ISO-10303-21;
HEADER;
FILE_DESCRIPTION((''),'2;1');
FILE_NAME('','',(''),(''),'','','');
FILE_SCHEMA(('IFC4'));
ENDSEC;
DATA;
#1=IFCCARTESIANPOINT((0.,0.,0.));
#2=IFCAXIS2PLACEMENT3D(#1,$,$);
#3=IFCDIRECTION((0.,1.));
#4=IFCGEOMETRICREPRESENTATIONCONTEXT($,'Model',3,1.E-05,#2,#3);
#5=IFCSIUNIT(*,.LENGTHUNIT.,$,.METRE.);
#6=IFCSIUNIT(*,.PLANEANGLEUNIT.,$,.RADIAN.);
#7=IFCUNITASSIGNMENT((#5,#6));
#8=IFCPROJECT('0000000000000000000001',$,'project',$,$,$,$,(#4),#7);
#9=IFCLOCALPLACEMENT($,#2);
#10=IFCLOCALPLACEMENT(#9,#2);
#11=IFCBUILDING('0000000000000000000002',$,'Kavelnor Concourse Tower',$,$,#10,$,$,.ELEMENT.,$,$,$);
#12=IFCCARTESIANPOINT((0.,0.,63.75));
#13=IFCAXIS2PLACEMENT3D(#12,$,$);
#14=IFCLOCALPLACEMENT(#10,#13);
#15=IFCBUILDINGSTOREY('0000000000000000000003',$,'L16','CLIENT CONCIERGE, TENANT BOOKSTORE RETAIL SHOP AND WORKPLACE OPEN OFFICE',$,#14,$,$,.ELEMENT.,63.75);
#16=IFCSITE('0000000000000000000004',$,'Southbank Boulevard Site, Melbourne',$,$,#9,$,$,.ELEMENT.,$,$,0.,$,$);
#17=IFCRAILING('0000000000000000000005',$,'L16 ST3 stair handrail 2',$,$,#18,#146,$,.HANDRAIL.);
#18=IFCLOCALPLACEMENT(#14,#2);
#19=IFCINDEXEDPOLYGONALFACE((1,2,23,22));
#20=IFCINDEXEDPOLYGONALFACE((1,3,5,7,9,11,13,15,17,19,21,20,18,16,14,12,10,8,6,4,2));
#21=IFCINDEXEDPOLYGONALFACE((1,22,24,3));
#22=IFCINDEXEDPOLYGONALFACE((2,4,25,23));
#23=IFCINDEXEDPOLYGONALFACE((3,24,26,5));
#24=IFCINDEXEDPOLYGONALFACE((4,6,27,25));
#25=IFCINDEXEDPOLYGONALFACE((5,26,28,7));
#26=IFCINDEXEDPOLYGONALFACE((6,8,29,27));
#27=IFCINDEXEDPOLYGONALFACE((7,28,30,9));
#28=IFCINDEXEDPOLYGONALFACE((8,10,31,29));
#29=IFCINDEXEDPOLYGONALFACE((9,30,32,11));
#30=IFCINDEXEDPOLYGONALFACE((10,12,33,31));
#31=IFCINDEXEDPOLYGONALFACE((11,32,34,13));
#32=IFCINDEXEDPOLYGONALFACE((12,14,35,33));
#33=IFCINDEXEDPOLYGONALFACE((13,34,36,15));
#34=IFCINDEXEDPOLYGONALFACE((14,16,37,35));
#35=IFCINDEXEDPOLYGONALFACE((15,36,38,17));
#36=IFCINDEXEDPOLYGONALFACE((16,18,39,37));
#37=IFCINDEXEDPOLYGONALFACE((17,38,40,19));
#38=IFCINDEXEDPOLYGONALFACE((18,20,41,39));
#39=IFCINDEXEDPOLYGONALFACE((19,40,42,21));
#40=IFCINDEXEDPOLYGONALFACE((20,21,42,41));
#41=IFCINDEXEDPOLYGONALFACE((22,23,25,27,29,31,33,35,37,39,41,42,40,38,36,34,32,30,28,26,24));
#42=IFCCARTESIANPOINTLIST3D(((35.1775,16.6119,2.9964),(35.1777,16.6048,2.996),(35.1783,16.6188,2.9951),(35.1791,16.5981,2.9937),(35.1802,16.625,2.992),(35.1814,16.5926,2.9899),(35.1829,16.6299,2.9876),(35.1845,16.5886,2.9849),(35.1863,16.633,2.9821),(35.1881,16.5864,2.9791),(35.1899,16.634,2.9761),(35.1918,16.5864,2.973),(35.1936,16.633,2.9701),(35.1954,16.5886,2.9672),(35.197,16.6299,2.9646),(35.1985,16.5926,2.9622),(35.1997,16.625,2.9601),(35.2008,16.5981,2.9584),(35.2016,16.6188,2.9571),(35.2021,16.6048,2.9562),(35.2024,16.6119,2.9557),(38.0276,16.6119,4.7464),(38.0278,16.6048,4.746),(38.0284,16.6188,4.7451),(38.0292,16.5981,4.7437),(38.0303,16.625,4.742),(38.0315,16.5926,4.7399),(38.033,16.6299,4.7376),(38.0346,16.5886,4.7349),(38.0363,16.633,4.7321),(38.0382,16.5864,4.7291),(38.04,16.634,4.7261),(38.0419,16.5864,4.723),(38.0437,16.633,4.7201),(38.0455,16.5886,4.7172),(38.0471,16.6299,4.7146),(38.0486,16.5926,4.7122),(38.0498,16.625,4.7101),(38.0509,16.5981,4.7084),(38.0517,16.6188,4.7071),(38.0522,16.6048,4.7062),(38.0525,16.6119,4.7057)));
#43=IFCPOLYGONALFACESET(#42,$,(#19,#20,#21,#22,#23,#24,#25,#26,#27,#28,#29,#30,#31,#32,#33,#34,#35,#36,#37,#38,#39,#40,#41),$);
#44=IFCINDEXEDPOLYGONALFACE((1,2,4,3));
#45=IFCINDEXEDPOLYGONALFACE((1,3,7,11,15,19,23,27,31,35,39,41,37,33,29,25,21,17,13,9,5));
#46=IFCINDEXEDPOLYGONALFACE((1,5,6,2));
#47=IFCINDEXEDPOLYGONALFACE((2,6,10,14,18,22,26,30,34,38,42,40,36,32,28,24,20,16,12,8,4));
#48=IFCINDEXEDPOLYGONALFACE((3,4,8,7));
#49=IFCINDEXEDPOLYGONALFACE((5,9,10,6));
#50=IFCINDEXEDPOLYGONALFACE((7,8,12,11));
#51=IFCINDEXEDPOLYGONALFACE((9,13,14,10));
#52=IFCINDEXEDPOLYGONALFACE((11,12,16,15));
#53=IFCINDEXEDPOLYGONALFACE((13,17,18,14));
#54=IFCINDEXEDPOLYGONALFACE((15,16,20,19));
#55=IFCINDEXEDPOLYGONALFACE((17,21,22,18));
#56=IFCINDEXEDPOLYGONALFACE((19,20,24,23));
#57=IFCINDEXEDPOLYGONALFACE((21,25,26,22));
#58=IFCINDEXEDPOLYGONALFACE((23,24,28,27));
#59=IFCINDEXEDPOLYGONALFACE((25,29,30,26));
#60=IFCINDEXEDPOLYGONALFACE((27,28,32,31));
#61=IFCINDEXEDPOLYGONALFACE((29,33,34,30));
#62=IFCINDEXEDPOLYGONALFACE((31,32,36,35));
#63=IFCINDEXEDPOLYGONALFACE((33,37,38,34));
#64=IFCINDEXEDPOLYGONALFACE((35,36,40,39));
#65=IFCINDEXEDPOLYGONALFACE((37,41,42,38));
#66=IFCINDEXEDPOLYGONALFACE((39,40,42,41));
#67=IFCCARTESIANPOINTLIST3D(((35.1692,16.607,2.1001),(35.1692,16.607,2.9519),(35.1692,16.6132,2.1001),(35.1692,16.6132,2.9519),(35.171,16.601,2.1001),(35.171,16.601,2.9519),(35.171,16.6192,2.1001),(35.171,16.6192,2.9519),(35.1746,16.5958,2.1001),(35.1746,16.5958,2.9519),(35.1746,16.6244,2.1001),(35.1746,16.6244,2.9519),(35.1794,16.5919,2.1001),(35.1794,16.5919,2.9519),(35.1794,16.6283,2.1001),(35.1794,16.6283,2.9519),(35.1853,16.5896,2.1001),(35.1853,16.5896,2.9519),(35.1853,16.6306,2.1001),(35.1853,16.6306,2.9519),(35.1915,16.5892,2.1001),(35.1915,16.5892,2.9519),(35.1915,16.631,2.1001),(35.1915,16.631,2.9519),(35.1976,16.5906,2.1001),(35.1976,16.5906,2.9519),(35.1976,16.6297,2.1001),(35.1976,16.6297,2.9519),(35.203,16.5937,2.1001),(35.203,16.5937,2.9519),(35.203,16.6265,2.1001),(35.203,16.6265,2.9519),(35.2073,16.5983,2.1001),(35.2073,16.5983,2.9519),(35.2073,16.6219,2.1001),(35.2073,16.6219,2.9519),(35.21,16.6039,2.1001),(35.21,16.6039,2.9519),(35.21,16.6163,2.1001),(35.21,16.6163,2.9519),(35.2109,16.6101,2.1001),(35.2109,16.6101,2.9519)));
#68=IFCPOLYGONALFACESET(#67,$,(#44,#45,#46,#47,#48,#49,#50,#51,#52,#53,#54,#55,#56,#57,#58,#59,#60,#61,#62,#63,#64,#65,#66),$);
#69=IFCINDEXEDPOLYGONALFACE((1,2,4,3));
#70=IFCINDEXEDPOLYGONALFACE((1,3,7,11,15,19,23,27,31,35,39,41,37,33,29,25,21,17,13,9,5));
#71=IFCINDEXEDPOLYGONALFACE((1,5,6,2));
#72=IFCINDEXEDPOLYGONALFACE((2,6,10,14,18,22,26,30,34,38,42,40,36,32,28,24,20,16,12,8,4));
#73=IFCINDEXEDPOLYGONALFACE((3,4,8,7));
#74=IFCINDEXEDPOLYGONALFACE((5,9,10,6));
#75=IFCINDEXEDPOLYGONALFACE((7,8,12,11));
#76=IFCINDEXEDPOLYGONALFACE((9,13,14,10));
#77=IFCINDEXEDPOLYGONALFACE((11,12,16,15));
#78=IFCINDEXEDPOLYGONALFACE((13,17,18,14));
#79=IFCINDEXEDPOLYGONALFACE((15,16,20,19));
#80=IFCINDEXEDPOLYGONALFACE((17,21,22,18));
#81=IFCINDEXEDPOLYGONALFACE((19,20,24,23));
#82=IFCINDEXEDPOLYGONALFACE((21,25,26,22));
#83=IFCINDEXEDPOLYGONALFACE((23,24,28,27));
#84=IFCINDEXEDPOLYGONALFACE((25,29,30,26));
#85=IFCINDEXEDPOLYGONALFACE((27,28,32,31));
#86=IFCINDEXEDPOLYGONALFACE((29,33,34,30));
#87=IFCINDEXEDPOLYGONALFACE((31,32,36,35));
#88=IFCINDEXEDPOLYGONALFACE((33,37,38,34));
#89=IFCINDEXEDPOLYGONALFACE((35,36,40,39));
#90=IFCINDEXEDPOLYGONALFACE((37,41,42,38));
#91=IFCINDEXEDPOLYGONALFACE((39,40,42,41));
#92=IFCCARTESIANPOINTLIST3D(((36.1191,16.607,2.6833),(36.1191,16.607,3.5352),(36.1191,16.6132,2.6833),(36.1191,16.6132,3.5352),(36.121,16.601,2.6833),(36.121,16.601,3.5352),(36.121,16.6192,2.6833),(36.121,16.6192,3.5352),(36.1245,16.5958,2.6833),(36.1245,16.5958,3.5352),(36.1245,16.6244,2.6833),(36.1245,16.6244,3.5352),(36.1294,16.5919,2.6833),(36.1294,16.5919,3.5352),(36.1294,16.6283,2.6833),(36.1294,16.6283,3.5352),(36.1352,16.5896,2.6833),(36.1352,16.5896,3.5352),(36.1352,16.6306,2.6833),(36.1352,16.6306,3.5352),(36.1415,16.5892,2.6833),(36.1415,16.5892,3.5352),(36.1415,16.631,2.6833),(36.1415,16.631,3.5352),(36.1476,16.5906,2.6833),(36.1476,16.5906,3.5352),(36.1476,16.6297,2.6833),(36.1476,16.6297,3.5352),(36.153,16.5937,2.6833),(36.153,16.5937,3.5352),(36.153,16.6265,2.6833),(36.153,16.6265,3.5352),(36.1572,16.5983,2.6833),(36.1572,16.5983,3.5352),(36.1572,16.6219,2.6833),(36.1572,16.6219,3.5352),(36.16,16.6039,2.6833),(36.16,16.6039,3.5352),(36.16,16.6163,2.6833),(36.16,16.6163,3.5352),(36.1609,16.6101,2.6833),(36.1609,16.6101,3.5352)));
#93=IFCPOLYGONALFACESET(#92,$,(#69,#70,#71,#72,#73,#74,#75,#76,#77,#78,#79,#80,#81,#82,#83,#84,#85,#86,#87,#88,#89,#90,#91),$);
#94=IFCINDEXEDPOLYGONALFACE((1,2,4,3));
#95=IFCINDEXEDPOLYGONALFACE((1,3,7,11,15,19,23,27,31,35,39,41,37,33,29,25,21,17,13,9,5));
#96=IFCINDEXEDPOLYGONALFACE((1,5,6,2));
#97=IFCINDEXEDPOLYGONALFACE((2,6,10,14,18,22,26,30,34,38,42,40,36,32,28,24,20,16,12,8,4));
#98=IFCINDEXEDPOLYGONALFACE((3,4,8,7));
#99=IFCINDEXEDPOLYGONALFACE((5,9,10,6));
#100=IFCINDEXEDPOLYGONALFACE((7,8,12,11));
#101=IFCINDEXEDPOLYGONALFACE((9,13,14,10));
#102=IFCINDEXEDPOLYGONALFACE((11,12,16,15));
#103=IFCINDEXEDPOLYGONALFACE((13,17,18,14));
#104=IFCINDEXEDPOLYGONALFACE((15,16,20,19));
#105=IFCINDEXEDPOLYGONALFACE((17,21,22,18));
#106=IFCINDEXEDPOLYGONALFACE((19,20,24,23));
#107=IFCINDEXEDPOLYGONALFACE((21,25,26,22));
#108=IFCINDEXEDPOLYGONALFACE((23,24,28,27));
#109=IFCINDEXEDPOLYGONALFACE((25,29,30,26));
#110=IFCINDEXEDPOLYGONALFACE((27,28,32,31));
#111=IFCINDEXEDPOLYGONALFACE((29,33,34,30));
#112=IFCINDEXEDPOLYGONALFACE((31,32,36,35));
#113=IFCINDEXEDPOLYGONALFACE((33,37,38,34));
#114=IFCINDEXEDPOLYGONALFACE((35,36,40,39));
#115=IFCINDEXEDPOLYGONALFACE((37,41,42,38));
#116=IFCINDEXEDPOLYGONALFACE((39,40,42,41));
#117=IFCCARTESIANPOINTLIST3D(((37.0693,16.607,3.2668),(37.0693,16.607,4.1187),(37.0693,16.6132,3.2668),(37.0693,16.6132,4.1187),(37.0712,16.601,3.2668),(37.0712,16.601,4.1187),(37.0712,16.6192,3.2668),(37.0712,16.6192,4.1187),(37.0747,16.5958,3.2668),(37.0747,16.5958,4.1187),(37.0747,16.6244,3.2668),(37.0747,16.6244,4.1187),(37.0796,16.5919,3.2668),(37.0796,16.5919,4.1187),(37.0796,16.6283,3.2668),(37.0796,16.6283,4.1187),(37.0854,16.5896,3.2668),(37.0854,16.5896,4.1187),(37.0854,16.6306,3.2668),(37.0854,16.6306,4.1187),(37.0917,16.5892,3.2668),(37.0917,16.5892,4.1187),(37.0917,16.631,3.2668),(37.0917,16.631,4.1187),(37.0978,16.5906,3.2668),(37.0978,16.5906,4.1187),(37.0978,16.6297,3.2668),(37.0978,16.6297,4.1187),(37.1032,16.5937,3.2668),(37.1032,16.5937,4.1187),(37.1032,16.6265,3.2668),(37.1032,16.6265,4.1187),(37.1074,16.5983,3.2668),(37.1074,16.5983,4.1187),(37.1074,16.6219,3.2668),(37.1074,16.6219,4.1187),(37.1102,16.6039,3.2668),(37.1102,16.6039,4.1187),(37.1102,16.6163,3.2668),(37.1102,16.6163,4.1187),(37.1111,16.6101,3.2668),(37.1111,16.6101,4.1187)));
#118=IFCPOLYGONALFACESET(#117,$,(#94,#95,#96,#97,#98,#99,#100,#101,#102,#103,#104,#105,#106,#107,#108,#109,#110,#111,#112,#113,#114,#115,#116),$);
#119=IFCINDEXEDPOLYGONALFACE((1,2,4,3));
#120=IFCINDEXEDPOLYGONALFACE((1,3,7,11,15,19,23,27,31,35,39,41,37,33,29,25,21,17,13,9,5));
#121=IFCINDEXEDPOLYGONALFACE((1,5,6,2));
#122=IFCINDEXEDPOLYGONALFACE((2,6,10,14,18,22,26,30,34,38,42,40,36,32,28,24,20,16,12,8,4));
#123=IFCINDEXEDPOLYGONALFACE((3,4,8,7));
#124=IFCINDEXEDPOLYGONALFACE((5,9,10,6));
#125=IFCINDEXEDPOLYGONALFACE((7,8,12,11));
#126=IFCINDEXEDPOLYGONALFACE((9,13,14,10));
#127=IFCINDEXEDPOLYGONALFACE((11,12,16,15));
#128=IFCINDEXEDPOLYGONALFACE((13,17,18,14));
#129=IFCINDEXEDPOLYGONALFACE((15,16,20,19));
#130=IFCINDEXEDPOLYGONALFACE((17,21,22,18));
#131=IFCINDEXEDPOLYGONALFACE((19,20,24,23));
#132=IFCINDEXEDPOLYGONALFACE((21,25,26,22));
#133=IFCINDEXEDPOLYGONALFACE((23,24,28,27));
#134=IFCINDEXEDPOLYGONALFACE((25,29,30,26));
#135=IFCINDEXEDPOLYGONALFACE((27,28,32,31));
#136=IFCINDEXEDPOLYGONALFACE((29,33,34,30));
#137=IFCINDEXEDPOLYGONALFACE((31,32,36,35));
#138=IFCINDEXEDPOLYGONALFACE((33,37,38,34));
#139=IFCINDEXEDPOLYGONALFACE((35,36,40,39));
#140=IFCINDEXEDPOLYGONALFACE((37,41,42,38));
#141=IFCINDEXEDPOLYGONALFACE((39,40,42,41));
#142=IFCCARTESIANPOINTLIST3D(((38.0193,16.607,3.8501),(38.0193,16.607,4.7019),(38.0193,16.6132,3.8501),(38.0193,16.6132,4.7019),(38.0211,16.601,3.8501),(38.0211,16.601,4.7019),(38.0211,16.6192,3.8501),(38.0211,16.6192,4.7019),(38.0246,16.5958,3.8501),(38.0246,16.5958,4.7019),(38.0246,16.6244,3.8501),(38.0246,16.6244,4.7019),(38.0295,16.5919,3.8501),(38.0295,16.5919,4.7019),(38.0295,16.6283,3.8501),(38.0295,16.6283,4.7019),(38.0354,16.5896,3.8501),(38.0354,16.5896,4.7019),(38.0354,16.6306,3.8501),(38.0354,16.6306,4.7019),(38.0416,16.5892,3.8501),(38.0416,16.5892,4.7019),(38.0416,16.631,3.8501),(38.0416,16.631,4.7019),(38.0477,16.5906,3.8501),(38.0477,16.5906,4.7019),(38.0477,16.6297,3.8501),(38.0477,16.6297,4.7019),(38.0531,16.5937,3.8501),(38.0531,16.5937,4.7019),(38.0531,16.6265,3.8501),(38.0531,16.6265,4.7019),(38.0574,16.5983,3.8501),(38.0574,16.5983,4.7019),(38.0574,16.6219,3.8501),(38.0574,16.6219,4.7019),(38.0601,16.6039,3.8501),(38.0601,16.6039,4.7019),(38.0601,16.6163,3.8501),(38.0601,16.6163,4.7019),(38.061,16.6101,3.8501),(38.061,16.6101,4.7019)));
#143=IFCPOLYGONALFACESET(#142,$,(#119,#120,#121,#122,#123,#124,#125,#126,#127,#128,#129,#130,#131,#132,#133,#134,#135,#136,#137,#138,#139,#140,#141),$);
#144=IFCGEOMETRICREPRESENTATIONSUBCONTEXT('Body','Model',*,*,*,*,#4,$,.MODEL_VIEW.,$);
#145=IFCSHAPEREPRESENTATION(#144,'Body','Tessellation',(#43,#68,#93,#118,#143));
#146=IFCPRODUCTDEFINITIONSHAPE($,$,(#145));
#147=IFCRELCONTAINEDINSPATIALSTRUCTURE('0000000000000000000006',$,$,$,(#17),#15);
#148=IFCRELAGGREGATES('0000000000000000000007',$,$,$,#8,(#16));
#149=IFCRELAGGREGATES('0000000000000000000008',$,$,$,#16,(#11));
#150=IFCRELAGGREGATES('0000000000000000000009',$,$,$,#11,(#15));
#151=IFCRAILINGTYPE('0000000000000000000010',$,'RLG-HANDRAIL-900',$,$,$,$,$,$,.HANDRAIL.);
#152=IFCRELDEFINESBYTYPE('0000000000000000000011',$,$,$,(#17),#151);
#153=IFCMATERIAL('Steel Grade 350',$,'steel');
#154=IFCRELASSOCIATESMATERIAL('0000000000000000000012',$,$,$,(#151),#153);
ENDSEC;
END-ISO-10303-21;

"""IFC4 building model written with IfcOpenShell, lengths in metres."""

from ifc_helpers import new_model, si_unit, direction, frame, origin, origin_2d, place, context, subcontext, project, spatial, circle, extrude, material, type_object, element, save


model = new_model("IFC4")

# Units and contexts
model_context = context("Model", 3, precision=1e-05, world=origin(), true_north=direction((0.0, 1.0)))
body_context = subcontext(model_context, "Body", "Model", "MODEL_VIEW")
ifc_project = project(units=[si_unit("LENGTHUNIT", "METRE"), si_unit("PLANEANGLEUNIT", "RADIAN")], contexts=[model_context])

# Site, building, storey
site_placement = place(None, origin())
site = spatial("IfcSite", under=ifc_project, at=site_placement, Name="Southbank Boulevard Site, Melbourne", CompositionType="ELEMENT", RefElevation=0.0)
building_placement = place(site_placement, origin())
building = spatial("IfcBuilding", under=site, at=building_placement, Name="Kavelnor Concourse Tower", CompositionType="ELEMENT")
storey_placement = place(building_placement, frame((0.0, 0.0, 63.75)))
storey = spatial("IfcBuildingStorey", under=building, at=storey_placement, Name="L16", Description="CLIENT CONCIERGE, TENANT BOOKSTORE RETAIL SHOP AND WORKPLACE OPEN OFFICE", CompositionType="ELEMENT", Elevation=63.75)

# Shared definitions
ifc_material_1 = material(Name="Steel Grade 350", Category="steel")

# Railing
railing_type_1 = type_object("IfcRailingType", Name="RLG-HANDRAIL-900", PredefinedType="HANDRAIL", material=ifc_material_1)
railing_1_placement = place(storey_placement, frame((35.1899, 16.6101, 2.1001)))
element("IfcRailing", 1, at=railing_1_placement, inside=storey, type_object=railing_type_1, Name="L16 ST3 stair handrail 2", PredefinedType="HANDRAIL", context=body_context, shape_type="SweptSolid", body=[
    extrude(circle(Radius=0.0239, at=origin_2d()), frame((0.0, 0.0, 0.876), z_axis=(0.852179, 0.0, 0.52325), x_axis=(0.0, 1.0, 0.0)), (0.0, 0.0, 1.0), 3.3445),
    extrude(circle(Radius=0.021, at=origin_2d()), origin(), (0.0, 0.0, 1.0), 0.8518),
    extrude(circle(Radius=0.021, at=origin_2d()), frame((0.95, 0.0, 0.5833)), (0.0, 0.0, 1.0), 0.8518),
    extrude(circle(Radius=0.021, at=origin_2d()), frame((1.9001, 0.0, 1.1667)), (0.0, 0.0, 1.0), 0.8518),
    extrude(circle(Radius=0.021, at=origin_2d()), frame((2.8501, 0.0, 1.75)), (0.0, 0.0, 1.0), 0.8518),
])

save(model, "model.ifc")
